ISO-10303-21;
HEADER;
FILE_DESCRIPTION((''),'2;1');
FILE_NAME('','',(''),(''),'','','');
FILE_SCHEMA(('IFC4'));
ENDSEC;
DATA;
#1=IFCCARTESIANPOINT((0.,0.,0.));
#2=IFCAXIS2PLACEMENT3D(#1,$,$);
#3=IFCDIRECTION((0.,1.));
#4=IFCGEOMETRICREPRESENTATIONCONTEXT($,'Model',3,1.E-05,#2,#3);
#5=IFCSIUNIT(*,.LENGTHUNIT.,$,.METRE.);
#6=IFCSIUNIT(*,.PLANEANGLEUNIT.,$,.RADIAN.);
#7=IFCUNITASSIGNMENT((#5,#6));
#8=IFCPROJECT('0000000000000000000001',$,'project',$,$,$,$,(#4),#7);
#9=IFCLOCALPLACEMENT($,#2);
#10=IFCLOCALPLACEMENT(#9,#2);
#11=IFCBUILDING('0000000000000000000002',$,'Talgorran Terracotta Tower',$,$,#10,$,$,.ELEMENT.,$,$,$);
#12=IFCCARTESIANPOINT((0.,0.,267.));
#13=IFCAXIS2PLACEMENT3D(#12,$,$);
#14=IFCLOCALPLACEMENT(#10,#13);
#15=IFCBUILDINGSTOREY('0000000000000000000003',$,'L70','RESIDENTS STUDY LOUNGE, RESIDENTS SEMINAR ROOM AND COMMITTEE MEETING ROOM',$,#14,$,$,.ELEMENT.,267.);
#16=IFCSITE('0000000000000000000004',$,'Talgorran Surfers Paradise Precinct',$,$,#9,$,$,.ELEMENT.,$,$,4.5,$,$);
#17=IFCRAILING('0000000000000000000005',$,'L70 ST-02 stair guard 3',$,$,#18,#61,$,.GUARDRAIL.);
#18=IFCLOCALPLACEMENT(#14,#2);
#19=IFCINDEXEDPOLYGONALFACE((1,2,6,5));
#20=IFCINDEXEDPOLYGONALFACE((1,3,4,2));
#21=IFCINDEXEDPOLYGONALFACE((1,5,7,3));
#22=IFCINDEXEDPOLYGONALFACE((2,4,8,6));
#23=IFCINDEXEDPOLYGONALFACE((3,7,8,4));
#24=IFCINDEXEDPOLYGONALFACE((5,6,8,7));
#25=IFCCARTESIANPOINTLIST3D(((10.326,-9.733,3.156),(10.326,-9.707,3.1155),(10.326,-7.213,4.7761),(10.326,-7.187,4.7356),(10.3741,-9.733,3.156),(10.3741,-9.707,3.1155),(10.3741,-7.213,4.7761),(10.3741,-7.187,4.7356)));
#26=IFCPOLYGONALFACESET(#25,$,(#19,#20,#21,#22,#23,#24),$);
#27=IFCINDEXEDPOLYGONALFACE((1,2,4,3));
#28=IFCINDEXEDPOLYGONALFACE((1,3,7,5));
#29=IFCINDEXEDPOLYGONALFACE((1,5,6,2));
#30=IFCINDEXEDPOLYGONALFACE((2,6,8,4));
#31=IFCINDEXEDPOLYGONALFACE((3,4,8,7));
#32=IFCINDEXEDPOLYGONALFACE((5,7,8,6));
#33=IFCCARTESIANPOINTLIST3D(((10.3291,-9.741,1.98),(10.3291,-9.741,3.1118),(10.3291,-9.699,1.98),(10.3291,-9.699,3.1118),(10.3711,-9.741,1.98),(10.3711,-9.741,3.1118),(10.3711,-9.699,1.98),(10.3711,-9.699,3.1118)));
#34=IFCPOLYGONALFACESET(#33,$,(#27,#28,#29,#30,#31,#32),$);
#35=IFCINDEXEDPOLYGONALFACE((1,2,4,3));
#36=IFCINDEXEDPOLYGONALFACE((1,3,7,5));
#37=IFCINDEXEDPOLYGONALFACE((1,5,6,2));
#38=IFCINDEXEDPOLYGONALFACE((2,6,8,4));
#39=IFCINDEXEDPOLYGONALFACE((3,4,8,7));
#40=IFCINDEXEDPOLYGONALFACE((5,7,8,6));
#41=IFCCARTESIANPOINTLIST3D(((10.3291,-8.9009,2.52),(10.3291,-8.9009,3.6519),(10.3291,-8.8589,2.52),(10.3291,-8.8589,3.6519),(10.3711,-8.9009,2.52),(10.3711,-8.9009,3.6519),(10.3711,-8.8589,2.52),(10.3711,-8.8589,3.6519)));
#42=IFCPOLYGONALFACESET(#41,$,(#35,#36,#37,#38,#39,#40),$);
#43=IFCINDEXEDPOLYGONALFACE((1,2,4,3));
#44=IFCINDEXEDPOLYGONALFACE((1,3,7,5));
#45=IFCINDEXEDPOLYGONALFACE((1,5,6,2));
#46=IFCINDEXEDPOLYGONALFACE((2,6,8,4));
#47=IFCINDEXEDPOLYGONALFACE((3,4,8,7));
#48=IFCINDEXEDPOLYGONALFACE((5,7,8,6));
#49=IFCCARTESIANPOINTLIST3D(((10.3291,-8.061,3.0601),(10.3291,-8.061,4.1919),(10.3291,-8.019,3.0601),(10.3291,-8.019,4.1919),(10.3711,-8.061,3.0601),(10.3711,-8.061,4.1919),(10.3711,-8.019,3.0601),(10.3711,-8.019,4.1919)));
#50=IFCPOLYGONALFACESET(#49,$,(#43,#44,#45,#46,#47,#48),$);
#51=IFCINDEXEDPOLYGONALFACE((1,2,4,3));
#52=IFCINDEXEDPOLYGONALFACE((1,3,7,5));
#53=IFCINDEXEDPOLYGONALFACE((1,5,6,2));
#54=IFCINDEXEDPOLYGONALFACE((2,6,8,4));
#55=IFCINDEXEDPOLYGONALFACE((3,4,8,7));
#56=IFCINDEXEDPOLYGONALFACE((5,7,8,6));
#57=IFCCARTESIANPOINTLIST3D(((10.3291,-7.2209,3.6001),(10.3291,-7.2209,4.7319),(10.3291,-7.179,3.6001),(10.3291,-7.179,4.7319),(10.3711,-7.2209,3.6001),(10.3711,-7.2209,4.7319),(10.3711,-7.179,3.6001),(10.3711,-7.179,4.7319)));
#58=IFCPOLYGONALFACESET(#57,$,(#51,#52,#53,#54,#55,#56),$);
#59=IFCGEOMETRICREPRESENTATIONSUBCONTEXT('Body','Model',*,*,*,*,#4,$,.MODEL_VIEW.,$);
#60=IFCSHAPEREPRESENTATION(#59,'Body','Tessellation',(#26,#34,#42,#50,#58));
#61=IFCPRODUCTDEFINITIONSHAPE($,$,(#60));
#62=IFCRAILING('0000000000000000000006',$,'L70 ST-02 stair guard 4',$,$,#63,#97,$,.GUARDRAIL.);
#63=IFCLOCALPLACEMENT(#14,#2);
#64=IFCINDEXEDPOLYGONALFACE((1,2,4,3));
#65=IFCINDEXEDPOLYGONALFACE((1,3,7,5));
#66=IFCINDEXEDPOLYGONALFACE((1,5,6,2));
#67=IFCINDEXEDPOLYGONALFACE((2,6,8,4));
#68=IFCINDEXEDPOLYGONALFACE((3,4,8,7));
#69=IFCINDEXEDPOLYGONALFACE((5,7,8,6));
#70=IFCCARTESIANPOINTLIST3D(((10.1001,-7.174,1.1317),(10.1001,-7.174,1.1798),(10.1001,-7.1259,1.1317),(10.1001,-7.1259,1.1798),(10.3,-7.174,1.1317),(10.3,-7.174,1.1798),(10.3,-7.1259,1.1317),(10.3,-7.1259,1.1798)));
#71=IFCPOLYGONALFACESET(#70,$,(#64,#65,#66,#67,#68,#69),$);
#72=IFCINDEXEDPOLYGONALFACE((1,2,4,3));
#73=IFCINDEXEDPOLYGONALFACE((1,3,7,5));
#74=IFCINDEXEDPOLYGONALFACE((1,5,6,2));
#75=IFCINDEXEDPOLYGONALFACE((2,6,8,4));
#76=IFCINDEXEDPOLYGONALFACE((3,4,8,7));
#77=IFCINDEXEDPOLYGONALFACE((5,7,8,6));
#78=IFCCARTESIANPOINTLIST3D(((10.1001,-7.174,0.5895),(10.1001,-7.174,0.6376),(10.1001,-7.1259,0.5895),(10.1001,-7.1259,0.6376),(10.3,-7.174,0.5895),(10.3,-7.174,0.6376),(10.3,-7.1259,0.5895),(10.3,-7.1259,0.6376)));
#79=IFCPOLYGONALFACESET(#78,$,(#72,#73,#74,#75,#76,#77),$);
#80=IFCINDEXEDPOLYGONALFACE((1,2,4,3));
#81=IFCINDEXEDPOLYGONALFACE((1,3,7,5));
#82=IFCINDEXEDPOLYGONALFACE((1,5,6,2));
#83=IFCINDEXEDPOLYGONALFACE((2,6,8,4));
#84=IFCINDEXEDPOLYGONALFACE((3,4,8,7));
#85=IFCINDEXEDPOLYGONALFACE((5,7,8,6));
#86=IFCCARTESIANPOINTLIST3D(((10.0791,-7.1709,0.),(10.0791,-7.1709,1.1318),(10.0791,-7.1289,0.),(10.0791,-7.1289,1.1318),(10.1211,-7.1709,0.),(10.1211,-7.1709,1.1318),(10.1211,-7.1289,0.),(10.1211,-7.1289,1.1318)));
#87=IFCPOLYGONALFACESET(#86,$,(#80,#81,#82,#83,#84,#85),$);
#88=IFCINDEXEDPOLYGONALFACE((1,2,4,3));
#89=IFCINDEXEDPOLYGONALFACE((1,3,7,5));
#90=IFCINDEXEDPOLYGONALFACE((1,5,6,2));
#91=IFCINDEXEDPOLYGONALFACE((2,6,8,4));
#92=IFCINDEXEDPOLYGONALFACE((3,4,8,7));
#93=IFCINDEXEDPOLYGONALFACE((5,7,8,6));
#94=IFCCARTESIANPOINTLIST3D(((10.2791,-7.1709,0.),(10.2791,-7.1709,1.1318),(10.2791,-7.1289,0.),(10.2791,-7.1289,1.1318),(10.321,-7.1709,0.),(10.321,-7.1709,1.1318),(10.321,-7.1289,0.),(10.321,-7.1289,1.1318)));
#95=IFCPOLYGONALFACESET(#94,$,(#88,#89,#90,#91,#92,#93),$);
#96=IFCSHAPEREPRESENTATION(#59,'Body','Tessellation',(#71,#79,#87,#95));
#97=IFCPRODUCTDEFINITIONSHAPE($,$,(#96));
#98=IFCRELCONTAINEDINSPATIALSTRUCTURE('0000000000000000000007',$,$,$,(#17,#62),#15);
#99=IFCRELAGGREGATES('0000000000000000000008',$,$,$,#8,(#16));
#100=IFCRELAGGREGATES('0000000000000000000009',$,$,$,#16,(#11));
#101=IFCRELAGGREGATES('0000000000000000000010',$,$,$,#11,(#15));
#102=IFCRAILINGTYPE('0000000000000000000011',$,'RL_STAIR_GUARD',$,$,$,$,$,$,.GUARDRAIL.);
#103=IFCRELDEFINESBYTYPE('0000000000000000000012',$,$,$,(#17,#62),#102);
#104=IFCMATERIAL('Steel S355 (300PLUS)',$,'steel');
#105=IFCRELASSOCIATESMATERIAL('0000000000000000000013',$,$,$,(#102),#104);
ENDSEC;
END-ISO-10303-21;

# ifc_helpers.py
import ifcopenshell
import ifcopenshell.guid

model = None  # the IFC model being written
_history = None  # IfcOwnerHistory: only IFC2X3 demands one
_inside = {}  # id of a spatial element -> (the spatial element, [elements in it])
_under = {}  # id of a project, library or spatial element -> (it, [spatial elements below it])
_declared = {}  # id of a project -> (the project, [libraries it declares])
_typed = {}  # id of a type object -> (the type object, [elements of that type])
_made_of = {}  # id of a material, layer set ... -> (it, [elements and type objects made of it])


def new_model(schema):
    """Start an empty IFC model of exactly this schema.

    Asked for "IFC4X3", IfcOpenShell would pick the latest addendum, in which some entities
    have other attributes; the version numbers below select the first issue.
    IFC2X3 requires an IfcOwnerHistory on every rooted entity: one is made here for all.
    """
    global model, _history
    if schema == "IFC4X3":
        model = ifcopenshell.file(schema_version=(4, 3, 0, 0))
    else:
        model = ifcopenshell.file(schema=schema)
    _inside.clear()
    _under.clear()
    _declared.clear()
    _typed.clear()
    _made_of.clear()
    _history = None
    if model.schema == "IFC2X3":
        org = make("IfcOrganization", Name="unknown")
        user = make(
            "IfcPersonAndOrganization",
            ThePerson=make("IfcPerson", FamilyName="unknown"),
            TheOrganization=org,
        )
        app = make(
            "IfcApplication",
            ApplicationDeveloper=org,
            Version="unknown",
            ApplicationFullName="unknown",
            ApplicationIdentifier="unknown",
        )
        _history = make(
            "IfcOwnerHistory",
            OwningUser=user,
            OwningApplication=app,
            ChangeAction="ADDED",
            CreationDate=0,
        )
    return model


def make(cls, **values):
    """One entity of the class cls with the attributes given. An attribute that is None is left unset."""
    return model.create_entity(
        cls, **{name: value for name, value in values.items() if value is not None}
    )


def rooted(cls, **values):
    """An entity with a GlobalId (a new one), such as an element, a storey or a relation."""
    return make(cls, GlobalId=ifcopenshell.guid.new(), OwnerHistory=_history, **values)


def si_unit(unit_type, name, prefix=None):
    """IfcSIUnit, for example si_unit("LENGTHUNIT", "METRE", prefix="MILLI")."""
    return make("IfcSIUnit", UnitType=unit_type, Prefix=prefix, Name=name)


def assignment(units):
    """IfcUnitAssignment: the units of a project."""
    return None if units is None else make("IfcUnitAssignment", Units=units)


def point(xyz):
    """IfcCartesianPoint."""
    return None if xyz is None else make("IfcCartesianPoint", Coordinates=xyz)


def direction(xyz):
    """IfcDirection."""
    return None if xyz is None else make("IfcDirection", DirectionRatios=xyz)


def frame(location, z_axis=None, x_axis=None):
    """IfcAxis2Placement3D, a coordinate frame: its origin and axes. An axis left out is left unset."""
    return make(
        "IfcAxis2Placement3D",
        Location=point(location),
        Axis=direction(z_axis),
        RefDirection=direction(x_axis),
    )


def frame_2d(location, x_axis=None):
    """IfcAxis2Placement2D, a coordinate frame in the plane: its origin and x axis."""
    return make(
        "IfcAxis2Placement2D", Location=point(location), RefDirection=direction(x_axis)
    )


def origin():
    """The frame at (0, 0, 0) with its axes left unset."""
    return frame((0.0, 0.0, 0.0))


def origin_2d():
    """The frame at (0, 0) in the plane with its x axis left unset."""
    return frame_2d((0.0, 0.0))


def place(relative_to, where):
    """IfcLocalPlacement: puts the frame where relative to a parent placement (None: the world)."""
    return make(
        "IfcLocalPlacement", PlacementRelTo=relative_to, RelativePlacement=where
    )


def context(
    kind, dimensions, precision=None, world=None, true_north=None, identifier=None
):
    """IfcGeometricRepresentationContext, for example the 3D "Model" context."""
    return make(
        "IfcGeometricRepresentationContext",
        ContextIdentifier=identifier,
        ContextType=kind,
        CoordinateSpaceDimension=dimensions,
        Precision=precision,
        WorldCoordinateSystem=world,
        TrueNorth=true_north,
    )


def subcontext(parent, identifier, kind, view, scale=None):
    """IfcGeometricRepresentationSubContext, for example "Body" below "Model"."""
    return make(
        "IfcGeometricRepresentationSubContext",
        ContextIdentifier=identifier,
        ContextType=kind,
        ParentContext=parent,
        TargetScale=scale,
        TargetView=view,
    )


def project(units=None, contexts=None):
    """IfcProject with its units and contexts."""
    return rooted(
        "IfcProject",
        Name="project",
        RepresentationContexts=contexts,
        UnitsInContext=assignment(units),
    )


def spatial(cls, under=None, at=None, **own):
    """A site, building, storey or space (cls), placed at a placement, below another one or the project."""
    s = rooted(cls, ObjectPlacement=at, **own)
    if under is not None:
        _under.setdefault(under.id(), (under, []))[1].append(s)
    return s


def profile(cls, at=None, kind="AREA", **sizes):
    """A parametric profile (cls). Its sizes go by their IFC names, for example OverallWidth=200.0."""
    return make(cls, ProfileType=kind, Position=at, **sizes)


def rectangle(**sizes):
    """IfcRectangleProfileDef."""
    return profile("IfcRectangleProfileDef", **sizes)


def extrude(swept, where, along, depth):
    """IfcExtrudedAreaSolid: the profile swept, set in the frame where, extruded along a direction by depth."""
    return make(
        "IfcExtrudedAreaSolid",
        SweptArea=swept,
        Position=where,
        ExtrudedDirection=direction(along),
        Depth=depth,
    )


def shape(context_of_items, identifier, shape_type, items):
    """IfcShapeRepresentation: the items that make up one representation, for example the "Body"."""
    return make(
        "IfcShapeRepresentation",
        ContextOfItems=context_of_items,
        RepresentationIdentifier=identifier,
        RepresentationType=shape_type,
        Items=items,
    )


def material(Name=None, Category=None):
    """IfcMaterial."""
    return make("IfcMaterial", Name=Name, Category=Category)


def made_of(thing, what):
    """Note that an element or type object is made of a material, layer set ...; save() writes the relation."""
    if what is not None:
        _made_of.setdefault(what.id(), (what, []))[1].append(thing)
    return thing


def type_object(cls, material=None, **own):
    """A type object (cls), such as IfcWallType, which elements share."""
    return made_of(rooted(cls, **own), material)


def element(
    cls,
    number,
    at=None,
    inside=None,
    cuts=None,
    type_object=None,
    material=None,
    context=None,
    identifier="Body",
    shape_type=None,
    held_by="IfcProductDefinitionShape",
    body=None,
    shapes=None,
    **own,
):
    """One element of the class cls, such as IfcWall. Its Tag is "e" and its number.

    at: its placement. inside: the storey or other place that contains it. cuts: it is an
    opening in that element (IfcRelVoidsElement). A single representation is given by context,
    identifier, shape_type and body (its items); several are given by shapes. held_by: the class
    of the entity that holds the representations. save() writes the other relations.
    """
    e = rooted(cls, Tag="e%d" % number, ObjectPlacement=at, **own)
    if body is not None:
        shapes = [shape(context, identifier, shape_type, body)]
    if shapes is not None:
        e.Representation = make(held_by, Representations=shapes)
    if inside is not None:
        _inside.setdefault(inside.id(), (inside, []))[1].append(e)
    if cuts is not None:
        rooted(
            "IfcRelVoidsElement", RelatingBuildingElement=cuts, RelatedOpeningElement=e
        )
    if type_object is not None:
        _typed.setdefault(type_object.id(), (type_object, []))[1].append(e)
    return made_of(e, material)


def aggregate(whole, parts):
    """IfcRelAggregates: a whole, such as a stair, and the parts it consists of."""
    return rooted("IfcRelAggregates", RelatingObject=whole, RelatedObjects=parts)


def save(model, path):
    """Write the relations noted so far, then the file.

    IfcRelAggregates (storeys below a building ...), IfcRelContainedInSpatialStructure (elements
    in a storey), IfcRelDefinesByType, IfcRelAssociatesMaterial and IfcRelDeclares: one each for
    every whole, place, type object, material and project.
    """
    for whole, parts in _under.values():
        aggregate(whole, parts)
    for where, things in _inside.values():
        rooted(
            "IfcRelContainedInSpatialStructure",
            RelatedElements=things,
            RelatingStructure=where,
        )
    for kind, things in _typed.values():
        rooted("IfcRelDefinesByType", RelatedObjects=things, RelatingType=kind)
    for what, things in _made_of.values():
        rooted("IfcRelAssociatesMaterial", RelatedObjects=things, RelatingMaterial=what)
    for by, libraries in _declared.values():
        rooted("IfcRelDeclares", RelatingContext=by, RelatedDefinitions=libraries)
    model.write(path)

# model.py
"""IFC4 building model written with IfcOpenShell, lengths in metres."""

from ifc_helpers import new_model, si_unit, direction, frame, origin, origin_2d, place, context, subcontext, project, spatial, rectangle, extrude, material, type_object, element, save


model = new_model("IFC4")

# Units and contexts
model_context = context("Model", 3, precision=1e-05, world=origin(), true_north=direction((0.0, 1.0)))
body_context = subcontext(model_context, "Body", "Model", "MODEL_VIEW")
ifc_project = project(units=[si_unit("LENGTHUNIT", "METRE"), si_unit("PLANEANGLEUNIT", "RADIAN")], contexts=[model_context])

# Site, building, storey
site_placement = place(None, origin())
site = spatial("IfcSite", under=ifc_project, at=site_placement, Name="Talgorran Surfers Paradise Precinct", CompositionType="ELEMENT", RefElevation=4.5)
building_placement = place(site_placement, origin())
building = spatial("IfcBuilding", under=site, at=building_placement, Name="Talgorran Terracotta Tower", CompositionType="ELEMENT")
storey_placement = place(building_placement, frame((0.0, 0.0, 267.0)))
storey = spatial("IfcBuildingStorey", under=building, at=storey_placement, Name="L70", Description="RESIDENTS STUDY LOUNGE, RESIDENTS SEMINAR ROOM AND COMMITTEE MEETING ROOM", CompositionType="ELEMENT", Elevation=267.0)

# Shared definitions
ifc_material_1 = material(Name="Steel S355 (300PLUS)", Category="steel")

# Railings
railing_type_1 = type_object("IfcRailingType", Name="RL_STAIR_GUARD", PredefinedType="GUARDRAIL", material=ifc_material_1)
railing_1_placement = place(storey_placement, frame((10.3501, -9.72, 1.98)))
element("IfcRailing", 1, at=railing_1_placement, inside=storey, type_object=railing_type_1, Name="L70 ST-02 stair guard 3", PredefinedType="GUARDRAIL", context=body_context, shape_type="SweptSolid", body=[
    extrude(rectangle(XDim=0.0481, YDim=0.0481, at=origin_2d()), frame((0.0, 0.0, 1.1558), z_axis=(0.0, 0.841163, 0.540782), x_axis=(-1.0, 0.0, 0.0)), (0.0, 0.0, 1.0), 2.9958),
    extrude(rectangle(XDim=0.042, YDim=0.042, at=origin_2d()), origin(), (0.0, 0.0, 1.0), 1.1318),
    extrude(rectangle(XDim=0.042, YDim=0.042, at=origin_2d()), frame((0.0, 0.8401, 0.54)), (0.0, 0.0, 1.0), 1.1318),
    extrude(rectangle(XDim=0.042, YDim=0.042, at=origin_2d()), frame((0.0, 1.6799, 1.0801)), (0.0, 0.0, 1.0), 1.1318),
    extrude(rectangle(XDim=0.042, YDim=0.042, at=origin_2d()), frame((0.0, 2.52, 1.6201)), (0.0, 0.0, 1.0), 1.1318),
])
railing_2_placement = place(storey_placement, frame((10.1001, -7.1499, 0.0)))
element("IfcRailing", 2, at=railing_2_placement, inside=storey, type_object=railing_type_1, Name="L70 ST-02 stair guard 4", PredefinedType="GUARDRAIL", context=body_context, shape_type="SweptSolid", body=[
    extrude(rectangle(XDim=0.0481, YDim=0.0481, at=origin_2d()), frame((0.0, 0.0, 1.1558), z_axis=(1.0, 0.0, 0.0), x_axis=(0.0, 1.0, 0.0)), (0.0, 0.0, 1.0), 0.2),
    extrude(rectangle(XDim=0.0481, YDim=0.0481, at=origin_2d()), frame((0.0, 0.0, 0.6135), z_axis=(1.0, 0.0, 0.0), x_axis=(0.0, 1.0, 0.0)), (0.0, 0.0, 1.0), 0.2),
    extrude(rectangle(XDim=0.042, YDim=0.042, at=origin_2d()), origin(), (0.0, 0.0, 1.0), 1.1318),
    extrude(rectangle(XDim=0.042, YDim=0.042, at=origin_2d()), frame((0.2, 0.0, 0.0)), (0.0, 0.0, 1.0), 1.1318),
])

save(model, "model.ifc")
